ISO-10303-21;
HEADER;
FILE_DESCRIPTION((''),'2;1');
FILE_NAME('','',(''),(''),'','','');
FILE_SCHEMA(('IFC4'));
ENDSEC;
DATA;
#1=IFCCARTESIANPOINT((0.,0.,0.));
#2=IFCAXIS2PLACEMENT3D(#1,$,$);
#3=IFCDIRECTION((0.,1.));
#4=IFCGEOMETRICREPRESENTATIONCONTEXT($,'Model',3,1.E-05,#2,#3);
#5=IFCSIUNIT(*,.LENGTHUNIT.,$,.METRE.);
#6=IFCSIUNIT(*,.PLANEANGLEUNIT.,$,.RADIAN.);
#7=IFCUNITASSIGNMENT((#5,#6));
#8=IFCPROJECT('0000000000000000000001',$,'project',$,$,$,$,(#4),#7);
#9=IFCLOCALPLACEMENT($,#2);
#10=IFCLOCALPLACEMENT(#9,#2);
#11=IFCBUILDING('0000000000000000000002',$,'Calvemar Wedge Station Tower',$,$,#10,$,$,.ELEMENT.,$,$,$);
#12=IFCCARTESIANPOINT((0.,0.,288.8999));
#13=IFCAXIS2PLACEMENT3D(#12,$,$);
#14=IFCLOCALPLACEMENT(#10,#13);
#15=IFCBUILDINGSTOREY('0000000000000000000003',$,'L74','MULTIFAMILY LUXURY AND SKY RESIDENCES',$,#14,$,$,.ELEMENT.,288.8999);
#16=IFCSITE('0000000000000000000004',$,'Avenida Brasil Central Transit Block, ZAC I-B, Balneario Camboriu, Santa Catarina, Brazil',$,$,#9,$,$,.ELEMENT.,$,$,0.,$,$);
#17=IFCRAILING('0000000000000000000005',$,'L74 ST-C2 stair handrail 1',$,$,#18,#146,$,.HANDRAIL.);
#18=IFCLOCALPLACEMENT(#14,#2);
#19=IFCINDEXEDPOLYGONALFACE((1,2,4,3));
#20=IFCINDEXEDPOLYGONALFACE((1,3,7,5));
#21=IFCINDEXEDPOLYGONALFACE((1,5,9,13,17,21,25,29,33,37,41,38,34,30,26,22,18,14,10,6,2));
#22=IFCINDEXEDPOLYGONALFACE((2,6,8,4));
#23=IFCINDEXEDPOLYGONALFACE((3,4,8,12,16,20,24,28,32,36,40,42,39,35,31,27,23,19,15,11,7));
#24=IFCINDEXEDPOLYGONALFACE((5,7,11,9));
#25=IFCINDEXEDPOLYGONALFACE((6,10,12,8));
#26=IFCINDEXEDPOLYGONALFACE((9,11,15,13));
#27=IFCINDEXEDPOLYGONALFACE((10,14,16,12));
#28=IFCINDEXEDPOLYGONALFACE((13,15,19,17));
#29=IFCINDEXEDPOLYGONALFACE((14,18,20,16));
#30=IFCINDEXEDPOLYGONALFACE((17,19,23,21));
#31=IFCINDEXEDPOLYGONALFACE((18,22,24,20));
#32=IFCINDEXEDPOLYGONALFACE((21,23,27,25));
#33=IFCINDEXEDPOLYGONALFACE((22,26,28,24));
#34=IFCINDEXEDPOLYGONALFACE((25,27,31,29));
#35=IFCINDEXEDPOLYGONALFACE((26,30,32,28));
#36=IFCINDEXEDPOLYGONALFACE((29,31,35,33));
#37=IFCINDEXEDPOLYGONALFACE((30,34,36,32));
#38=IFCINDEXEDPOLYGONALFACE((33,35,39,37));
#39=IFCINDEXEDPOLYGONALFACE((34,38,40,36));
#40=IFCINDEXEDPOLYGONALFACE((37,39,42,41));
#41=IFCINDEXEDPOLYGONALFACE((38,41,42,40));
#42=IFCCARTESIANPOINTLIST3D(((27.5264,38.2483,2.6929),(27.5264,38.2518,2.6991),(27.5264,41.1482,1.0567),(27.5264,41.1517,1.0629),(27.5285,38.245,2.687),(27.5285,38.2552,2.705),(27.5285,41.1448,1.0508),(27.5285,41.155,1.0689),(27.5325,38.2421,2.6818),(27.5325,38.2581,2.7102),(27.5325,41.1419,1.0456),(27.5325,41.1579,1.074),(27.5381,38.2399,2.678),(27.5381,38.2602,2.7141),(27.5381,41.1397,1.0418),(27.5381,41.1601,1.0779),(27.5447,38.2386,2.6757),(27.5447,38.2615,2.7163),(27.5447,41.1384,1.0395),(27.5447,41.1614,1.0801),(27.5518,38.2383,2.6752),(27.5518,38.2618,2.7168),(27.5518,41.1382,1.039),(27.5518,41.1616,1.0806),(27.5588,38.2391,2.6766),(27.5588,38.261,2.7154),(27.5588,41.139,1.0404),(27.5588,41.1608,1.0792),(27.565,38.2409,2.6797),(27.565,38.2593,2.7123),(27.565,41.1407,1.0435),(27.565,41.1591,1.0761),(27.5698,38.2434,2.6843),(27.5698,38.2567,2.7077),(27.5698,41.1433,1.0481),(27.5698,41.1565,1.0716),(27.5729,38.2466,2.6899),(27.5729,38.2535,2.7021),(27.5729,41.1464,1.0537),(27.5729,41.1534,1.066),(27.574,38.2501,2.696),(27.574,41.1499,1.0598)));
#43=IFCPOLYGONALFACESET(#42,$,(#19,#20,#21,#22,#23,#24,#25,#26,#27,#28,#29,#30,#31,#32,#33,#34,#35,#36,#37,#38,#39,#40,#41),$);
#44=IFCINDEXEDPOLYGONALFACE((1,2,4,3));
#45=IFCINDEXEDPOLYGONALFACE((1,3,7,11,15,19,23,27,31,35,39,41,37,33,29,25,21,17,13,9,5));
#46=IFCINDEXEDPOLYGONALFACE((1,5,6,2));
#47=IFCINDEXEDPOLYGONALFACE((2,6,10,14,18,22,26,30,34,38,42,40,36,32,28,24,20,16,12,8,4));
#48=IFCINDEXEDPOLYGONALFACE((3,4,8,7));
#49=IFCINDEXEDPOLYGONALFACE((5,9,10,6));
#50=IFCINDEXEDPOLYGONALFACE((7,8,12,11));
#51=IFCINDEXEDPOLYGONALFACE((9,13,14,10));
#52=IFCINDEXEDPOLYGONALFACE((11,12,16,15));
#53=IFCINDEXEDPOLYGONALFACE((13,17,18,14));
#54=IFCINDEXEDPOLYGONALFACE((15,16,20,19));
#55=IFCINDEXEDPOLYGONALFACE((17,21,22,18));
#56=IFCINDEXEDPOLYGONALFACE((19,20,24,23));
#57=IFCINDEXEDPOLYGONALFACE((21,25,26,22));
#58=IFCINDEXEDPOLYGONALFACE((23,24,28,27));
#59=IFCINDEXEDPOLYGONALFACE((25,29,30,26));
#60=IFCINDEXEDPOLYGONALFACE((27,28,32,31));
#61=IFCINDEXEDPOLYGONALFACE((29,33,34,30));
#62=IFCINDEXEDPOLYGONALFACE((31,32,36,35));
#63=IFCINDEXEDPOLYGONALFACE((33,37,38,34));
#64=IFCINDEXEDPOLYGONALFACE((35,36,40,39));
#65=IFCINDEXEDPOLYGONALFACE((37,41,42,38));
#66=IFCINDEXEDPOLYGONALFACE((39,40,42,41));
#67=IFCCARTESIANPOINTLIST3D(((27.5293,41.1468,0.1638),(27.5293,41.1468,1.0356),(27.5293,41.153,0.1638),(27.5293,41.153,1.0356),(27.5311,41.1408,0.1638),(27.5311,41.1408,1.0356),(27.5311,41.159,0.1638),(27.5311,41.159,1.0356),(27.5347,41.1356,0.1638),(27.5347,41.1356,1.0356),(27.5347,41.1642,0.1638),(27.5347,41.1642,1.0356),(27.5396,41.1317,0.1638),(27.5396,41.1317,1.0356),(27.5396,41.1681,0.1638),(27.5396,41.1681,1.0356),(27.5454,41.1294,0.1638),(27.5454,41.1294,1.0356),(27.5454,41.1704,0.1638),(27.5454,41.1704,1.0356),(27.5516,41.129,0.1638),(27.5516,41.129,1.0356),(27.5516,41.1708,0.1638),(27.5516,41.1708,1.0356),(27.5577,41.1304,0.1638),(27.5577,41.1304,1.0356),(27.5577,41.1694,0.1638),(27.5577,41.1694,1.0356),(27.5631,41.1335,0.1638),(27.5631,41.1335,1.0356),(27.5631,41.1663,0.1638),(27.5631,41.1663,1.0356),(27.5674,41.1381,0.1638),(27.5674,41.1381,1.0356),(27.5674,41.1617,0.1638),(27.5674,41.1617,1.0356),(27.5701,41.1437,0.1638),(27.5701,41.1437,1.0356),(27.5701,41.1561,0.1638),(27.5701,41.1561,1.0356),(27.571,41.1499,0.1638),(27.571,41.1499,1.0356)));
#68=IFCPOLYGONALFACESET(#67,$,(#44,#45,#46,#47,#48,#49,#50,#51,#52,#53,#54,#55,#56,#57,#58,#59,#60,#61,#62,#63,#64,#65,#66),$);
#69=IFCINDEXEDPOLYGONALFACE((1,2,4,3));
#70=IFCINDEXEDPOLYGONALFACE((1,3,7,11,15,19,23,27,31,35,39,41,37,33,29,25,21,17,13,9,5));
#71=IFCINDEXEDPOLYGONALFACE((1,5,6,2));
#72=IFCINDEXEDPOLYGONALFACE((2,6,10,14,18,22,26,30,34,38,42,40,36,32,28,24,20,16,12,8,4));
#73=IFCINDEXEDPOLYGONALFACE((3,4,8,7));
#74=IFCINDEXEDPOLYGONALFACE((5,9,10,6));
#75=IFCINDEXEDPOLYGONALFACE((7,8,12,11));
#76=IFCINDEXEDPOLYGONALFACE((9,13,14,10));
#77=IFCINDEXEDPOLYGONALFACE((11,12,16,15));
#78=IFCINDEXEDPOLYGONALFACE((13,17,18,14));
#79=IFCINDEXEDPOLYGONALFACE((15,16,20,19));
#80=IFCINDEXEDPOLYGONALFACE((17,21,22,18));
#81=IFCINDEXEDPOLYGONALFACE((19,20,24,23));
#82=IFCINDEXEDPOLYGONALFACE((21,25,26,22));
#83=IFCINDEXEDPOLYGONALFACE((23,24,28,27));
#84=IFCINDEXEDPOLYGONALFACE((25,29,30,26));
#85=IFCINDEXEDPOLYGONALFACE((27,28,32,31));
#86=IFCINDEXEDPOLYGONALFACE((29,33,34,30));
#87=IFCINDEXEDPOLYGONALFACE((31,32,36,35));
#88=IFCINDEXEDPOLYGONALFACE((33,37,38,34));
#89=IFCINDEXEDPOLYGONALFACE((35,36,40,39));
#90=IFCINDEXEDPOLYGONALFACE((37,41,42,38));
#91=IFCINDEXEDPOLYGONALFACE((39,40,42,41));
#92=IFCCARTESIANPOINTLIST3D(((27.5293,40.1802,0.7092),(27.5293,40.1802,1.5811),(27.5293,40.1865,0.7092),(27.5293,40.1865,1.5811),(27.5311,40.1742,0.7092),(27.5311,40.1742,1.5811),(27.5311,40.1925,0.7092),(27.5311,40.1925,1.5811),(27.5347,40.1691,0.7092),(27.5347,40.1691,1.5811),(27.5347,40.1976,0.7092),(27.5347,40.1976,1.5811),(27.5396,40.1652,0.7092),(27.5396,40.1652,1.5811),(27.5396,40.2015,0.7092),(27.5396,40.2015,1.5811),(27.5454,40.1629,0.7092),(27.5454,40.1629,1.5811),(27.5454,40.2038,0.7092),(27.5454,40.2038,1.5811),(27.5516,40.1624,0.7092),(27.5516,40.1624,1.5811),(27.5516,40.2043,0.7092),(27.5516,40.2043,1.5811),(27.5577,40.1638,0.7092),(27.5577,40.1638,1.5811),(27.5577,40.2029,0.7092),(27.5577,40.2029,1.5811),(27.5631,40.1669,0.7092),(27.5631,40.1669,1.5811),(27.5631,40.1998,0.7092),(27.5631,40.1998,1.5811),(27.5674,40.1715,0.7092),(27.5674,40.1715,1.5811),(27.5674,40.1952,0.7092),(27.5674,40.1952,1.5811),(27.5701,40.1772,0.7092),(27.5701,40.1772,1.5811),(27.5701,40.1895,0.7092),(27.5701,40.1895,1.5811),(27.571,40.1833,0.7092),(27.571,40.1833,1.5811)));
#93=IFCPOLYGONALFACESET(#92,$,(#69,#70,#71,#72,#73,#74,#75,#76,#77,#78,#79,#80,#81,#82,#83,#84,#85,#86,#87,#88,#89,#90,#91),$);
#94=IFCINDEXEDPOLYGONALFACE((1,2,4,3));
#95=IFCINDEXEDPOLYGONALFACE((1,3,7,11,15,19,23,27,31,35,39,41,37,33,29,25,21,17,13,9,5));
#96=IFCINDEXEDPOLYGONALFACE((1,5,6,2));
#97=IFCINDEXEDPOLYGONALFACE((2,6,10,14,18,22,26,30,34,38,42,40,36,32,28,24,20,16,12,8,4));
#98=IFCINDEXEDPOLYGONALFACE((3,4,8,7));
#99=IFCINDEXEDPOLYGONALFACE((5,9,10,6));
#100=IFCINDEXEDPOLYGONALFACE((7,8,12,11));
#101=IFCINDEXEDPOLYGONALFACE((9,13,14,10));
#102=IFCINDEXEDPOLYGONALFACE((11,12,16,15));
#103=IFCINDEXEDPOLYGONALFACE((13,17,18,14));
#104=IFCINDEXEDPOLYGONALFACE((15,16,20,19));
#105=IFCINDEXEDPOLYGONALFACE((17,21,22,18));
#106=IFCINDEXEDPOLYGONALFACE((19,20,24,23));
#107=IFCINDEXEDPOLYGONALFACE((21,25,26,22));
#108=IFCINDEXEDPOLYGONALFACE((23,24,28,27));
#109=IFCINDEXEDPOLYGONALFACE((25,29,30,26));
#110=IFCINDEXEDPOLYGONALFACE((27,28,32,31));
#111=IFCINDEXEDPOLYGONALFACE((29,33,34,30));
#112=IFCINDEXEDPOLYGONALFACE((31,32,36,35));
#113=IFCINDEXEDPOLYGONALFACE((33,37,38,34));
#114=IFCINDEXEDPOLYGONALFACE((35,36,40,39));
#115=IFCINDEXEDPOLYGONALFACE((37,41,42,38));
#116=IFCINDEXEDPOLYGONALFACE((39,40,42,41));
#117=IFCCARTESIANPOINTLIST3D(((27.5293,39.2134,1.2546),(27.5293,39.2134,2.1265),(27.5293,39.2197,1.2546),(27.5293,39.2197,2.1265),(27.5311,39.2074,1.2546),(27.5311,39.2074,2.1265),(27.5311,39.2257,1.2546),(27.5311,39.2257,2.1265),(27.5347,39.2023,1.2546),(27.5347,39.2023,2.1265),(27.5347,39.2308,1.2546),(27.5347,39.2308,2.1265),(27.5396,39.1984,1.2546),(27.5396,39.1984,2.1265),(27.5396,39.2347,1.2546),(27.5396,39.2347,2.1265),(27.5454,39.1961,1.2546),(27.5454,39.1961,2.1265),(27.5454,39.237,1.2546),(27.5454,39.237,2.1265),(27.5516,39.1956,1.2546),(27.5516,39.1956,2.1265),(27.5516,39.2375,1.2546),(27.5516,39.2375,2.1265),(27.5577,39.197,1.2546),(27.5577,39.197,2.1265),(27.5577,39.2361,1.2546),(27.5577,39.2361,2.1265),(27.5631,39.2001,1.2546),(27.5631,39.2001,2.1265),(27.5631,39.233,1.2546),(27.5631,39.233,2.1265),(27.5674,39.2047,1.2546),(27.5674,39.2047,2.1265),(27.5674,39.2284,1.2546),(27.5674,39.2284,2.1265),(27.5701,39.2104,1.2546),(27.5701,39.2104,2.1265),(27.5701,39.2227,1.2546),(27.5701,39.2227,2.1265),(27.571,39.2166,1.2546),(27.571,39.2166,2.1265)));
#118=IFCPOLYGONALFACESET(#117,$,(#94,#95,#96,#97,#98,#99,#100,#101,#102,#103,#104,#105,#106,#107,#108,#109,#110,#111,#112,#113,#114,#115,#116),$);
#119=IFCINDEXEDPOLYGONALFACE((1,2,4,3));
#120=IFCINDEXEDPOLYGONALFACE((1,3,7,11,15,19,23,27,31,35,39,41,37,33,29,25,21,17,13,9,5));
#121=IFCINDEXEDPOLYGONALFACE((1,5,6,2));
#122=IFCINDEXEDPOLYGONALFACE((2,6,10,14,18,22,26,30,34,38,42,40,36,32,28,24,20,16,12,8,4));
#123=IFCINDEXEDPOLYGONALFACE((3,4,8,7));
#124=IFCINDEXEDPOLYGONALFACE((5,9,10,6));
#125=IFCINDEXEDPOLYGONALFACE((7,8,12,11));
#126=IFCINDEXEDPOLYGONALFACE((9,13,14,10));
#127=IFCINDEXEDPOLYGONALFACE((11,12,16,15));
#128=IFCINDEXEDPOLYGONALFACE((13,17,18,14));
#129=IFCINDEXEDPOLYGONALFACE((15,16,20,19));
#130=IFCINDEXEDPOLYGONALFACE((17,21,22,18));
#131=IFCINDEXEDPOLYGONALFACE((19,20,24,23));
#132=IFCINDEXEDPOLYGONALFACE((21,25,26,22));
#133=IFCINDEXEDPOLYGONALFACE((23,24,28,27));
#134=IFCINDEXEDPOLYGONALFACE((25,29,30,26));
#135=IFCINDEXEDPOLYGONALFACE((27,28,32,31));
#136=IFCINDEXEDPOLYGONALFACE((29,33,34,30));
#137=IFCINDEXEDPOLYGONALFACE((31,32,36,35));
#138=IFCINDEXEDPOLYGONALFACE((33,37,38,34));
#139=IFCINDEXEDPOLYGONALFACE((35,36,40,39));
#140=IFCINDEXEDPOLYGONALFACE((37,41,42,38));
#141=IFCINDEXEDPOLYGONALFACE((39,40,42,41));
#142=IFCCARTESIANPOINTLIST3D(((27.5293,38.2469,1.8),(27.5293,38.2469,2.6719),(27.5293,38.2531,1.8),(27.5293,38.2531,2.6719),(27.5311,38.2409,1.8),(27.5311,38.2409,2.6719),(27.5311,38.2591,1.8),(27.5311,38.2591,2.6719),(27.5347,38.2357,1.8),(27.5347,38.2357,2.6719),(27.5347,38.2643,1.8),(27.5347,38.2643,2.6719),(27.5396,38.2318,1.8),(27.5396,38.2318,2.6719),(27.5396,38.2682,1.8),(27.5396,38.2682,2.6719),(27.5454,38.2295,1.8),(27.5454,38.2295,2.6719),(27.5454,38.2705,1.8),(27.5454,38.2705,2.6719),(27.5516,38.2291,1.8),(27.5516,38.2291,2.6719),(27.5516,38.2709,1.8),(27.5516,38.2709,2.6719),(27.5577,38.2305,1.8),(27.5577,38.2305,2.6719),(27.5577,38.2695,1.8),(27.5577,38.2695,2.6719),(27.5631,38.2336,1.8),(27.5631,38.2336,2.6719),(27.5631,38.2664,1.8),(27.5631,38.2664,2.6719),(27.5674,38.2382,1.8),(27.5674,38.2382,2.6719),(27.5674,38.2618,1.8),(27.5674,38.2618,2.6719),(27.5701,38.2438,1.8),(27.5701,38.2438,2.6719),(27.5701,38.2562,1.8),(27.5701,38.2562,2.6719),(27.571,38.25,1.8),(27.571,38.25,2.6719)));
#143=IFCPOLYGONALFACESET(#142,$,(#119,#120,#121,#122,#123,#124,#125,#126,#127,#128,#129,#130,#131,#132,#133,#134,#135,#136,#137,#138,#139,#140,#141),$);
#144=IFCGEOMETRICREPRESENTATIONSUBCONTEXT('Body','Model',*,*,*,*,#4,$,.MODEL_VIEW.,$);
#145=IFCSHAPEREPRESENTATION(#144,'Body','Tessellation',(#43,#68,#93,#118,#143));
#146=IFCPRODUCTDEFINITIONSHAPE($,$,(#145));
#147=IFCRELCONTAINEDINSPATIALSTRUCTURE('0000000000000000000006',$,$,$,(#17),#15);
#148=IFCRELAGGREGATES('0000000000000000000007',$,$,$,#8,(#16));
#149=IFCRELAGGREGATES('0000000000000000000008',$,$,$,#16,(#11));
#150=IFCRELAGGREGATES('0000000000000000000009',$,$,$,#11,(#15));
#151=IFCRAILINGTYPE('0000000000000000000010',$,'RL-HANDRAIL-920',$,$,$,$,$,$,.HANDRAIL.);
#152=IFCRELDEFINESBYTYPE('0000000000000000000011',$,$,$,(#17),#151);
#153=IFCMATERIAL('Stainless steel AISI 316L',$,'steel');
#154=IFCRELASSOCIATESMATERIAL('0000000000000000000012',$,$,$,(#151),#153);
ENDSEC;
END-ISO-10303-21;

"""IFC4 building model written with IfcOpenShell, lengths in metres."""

from ifc_helpers import new_model, si_unit, direction, frame, origin, origin_2d, place, context, subcontext, project, spatial, circle, extrude, material, type_object, element, save


model = new_model("IFC4")

# Units and contexts
model_context = context("Model", 3, precision=1e-05, world=origin(), true_north=direction((0.0, 1.0)))
body_context = subcontext(model_context, "Body", "Model", "MODEL_VIEW")
ifc_project = project(units=[si_unit("LENGTHUNIT", "METRE"), si_unit("PLANEANGLEUNIT", "RADIAN")], contexts=[model_context])

# Site, building, storey
site_placement = place(None, origin())
site = spatial("IfcSite", under=ifc_project, at=site_placement, Name="Avenida Brasil Central Transit Block, ZAC I-B, Balneario Camboriu, Santa Catarina, Brazil", CompositionType="ELEMENT", RefElevation=0.0)
building_placement = place(site_placement, origin())
building = spatial("IfcBuilding", under=site, at=building_placement, Name="Calvemar Wedge Station Tower", CompositionType="ELEMENT")
storey_placement = place(building_placement, frame((0.0, 0.0, 288.8999)))
storey = spatial("IfcBuildingStorey", under=building, at=storey_placement, Name="L74", Description="MULTIFAMILY LUXURY AND SKY RESIDENCES", CompositionType="ELEMENT", Elevation=288.8999)

# Railing
ifc_material_1 = material(Name="Stainless steel AISI 316L", Category="steel")
railing_type_1 = type_object("IfcRailingType", Name="RL-HANDRAIL-920", PredefinedType="HANDRAIL", material=ifc_material_1)
railing_1_placement = place(storey_placement, frame((27.55, 41.1499, 0.1638)))
element("IfcRailing", 1, at=railing_1_placement, inside=storey, type_object=railing_type_1, Name="L74 ST-C2 stair handrail 1", PredefinedType="HANDRAIL", context=body_context, shape_type="SweptSolid", body=[
    extrude(circle(Radius=0.0239, at=origin_2d()), frame((0.0, 0.0, 0.896), z_axis=(0.0, -0.870929, 0.49141), x_axis=(1.0, 0.0, 0.0)), (0.0, 0.0, 1.0), 3.3296),
    extrude(circle(Radius=0.021, at=origin_2d()), origin(), (0.0, 0.0, 1.0), 0.8718),
    extrude(circle(Radius=0.021, at=origin_2d()), frame((0.0, -0.9666, 0.5454)), (0.0, 0.0, 1.0), 0.8718),
    extrude(circle(Radius=0.021, at=origin_2d()), frame((0.0, -1.9333, 1.0908)), (0.0, 0.0, 1.0), 0.8718),
    extrude(circle(Radius=0.021, at=origin_2d()), frame((0.0, -2.8999, 1.6362)), (0.0, 0.0, 1.0), 0.8718),
])

save(model, "model.ifc")
